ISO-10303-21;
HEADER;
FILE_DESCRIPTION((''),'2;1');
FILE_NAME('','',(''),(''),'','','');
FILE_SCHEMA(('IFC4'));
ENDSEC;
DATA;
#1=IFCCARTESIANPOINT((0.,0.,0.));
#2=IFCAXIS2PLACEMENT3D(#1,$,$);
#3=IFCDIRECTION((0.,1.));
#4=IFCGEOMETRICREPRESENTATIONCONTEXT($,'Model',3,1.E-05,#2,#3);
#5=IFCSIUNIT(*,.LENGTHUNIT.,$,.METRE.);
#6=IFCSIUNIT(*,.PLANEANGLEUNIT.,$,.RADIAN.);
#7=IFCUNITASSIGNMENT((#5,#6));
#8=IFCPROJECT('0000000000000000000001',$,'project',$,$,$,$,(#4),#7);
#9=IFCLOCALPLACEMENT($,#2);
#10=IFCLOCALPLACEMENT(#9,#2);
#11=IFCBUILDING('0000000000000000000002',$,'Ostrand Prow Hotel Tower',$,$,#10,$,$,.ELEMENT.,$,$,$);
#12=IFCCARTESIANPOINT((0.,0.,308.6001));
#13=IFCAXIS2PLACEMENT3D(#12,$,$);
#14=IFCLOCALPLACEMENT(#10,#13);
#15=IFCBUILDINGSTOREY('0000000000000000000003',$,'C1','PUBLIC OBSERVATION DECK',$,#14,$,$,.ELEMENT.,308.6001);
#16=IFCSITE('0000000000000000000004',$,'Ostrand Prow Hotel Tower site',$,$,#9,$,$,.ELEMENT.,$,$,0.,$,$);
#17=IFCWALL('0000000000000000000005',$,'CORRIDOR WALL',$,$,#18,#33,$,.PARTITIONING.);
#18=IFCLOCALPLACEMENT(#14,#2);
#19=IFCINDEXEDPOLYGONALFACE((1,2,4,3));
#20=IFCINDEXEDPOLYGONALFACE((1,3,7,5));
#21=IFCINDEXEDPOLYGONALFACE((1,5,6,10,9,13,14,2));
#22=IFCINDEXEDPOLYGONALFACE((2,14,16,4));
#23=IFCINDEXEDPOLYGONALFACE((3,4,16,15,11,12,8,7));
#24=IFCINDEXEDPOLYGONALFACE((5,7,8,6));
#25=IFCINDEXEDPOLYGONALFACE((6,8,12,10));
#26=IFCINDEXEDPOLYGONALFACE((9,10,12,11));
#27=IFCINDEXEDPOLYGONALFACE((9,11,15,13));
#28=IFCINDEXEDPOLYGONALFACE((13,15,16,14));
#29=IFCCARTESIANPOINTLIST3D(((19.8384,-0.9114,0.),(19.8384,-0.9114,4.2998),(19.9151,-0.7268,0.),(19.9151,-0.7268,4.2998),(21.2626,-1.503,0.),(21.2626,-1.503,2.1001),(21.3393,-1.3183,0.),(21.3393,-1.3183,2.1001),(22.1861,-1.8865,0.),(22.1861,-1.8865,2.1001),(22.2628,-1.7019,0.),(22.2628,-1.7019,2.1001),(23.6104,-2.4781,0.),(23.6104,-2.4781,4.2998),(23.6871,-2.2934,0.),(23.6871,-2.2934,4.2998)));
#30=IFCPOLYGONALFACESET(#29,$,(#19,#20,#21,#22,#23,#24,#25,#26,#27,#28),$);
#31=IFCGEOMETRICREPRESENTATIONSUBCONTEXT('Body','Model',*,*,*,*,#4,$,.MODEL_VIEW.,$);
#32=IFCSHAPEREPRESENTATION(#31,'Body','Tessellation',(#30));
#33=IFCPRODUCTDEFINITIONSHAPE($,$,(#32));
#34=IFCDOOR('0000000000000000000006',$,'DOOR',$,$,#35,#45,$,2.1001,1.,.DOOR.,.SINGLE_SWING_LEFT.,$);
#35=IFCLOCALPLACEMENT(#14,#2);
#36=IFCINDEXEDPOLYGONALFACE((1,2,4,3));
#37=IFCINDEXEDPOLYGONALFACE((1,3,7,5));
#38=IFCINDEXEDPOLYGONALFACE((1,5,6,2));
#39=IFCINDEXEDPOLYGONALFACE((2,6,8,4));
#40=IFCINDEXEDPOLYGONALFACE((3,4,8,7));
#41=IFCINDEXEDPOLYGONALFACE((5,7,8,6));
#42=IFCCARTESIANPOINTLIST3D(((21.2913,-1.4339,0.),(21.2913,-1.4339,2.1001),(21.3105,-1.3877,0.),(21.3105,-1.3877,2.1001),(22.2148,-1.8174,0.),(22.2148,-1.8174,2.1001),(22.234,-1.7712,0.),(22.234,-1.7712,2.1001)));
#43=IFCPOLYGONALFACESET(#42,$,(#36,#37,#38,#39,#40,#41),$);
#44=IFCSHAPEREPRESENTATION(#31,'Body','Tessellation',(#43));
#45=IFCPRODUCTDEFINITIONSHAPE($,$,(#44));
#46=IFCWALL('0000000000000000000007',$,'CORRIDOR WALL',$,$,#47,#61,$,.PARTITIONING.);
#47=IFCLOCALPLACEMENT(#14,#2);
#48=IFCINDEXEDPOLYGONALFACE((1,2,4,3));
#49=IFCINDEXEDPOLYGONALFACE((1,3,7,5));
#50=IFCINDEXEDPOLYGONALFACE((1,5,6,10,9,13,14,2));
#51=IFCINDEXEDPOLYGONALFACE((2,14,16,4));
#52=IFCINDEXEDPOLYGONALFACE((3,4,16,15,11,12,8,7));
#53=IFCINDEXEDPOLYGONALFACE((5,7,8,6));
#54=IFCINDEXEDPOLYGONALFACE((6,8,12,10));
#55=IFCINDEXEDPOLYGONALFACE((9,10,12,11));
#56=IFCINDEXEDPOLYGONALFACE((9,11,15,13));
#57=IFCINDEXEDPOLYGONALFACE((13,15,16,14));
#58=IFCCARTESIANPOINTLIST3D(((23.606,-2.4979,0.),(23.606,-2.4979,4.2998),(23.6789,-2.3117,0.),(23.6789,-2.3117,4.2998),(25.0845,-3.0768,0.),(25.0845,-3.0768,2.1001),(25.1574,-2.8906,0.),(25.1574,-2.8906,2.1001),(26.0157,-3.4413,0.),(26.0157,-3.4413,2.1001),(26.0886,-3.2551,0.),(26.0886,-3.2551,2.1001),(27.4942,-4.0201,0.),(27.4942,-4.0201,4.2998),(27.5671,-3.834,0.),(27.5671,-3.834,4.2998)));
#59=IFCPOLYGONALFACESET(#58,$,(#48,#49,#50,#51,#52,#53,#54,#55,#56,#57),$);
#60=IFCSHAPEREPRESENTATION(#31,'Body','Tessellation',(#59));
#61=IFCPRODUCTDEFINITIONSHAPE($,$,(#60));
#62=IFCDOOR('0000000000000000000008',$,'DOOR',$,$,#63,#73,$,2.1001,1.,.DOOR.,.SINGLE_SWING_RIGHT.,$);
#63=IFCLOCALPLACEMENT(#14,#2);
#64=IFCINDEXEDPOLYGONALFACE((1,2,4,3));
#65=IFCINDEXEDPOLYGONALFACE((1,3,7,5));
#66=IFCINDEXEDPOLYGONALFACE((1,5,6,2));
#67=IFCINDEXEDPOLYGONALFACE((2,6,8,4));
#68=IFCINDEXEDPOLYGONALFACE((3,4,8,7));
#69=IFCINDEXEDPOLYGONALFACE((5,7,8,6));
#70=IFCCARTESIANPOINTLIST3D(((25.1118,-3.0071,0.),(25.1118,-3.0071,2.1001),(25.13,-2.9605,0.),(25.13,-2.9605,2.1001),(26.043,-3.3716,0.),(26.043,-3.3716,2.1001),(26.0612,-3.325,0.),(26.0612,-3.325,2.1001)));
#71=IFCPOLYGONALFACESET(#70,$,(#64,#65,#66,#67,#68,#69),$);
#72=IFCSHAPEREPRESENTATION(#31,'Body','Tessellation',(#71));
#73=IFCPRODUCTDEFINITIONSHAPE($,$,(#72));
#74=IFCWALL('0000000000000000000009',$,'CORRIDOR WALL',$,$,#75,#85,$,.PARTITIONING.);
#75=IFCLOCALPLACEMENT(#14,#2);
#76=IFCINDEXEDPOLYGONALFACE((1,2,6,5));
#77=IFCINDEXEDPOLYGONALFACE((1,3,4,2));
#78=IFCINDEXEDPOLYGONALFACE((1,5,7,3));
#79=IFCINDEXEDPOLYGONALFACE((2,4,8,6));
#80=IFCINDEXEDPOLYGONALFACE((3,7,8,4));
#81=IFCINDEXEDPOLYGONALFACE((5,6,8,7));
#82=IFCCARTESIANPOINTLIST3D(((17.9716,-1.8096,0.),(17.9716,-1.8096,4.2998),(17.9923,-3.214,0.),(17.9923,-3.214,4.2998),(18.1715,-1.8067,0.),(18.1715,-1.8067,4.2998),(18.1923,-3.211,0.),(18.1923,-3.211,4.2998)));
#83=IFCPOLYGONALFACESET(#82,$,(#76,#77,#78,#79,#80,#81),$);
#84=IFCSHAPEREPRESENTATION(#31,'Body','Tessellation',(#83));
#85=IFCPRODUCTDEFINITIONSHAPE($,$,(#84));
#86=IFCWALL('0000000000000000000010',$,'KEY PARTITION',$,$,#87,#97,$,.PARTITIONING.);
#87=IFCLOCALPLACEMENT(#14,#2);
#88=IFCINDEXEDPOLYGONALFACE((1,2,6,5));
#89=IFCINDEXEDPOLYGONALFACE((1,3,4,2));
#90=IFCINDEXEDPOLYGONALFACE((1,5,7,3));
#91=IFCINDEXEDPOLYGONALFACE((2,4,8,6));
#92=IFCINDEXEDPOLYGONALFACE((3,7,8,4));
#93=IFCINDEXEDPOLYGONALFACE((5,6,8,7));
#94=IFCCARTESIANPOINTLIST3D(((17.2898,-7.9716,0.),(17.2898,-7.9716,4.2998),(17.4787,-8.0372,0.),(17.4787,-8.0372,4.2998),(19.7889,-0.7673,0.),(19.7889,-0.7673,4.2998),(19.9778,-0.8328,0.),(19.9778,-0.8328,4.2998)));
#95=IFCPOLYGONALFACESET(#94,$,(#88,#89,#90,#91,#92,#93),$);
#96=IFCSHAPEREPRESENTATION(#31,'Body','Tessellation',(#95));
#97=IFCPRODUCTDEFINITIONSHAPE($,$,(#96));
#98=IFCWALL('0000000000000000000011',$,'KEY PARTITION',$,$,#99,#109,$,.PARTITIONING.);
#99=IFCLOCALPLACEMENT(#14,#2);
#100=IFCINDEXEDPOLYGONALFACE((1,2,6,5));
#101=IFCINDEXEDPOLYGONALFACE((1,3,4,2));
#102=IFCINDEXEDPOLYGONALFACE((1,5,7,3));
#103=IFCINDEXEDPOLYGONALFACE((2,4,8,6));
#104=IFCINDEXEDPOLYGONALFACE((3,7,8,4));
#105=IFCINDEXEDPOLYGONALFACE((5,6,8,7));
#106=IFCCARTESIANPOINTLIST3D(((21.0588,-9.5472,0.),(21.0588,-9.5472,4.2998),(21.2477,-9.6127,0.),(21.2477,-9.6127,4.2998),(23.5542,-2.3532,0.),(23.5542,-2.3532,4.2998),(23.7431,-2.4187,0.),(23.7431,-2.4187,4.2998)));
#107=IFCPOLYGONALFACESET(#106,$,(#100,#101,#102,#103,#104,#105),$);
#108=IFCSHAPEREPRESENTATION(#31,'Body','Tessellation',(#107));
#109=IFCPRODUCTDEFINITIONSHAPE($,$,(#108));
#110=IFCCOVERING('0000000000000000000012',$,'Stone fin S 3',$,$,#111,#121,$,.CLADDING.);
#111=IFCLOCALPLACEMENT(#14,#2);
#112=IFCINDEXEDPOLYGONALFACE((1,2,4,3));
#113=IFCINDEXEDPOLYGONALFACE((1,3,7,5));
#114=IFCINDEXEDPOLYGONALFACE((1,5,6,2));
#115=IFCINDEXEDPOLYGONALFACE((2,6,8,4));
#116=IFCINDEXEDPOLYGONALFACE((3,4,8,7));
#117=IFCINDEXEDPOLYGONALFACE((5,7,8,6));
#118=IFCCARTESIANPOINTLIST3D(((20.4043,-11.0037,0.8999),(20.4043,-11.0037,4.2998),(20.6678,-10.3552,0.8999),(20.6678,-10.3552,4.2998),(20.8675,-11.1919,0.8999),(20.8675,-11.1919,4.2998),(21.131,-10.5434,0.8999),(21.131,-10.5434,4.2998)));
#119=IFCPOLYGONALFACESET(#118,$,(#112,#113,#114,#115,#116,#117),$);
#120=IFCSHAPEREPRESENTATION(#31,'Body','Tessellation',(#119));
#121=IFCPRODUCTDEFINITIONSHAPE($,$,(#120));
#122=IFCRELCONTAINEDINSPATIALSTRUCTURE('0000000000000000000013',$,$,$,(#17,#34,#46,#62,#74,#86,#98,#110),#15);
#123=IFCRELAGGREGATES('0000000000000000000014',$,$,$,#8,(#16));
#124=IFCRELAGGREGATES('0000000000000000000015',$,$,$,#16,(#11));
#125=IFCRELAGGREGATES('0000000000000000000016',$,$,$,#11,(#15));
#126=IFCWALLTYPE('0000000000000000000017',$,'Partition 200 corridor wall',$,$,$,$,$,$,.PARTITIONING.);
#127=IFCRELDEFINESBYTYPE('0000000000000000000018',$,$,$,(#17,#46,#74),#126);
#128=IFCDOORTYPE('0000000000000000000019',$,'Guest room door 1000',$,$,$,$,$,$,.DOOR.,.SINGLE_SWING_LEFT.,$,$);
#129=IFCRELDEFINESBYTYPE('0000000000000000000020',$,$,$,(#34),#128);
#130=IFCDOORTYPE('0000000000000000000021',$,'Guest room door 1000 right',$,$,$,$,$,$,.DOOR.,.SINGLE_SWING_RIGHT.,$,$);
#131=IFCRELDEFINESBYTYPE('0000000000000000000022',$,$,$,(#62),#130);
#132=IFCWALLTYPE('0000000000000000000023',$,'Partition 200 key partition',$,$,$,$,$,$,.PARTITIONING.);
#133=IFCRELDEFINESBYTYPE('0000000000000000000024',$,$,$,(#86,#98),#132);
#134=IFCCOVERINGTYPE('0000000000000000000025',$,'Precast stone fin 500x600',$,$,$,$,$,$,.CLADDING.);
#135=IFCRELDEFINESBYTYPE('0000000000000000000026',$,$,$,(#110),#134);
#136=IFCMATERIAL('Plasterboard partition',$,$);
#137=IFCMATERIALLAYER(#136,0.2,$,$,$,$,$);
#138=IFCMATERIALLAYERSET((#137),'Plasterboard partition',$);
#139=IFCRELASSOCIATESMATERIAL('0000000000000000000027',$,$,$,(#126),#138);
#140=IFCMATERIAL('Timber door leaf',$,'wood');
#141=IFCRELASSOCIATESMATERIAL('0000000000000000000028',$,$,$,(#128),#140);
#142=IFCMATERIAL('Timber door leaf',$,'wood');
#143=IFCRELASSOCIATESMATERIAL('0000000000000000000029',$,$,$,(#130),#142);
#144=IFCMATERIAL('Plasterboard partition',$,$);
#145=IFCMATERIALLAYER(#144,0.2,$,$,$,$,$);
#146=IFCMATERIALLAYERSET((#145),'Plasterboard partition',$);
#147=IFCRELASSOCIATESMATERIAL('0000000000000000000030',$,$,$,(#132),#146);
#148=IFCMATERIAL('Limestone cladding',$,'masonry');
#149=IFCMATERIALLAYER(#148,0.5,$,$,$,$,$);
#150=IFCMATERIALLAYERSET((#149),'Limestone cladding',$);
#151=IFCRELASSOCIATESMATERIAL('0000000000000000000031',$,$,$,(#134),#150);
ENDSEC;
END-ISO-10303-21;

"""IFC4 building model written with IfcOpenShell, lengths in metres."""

from ifc_helpers import new_model, si_unit, direction, frame, frame_2d, origin, place, context, subcontext, project, spatial, rectangle, extrude, material, layer, layer_set, type_object, element, fill, save


model = new_model("IFC4")

# Units and contexts
model_context = context("Model", 3, precision=1e-05, world=origin(), true_north=direction((0.0, 1.0)))
body_context = subcontext(model_context, "Body", "Model", "MODEL_VIEW")
ifc_project = project(units=[si_unit("LENGTHUNIT", "METRE"), si_unit("PLANEANGLEUNIT", "RADIAN")], contexts=[model_context])

# Site, building, storey
site_placement = place(None, origin())
site = spatial("IfcSite", under=ifc_project, at=site_placement, Name="Ostrand Prow Hotel Tower site", CompositionType="ELEMENT", RefElevation=0.0)
building_placement = place(site_placement, origin())
building = spatial("IfcBuilding", under=site, at=building_placement, Name="Ostrand Prow Hotel Tower", CompositionType="ELEMENT")
storey_placement = place(building_placement, frame((0.0, 0.0, 308.6001)))
storey = spatial("IfcBuildingStorey", under=building, at=storey_placement, Name="C1", Description="PUBLIC OBSERVATION DECK", CompositionType="ELEMENT", Elevation=308.6001)

# Walls, openings, doors
ifc_material_1 = material(Name="Plasterboard partition")
ifc_layer_1 = layer(ifc_material_1, 0.2)
ifc_layer_set_1 = layer_set([ifc_layer_1], Name="Plasterboard partition")
wall_type_1 = type_object("IfcWallType", Name="Partition 200 corridor wall", PredefinedType="PARTITIONING", material=ifc_layer_set_1)
wall_1_placement = place(storey_placement, frame((19.8767, -0.8191, 0.0), z_axis=(0.0, 0.0, 1.0), x_axis=(0.923511, -0.383571, 0.0)))
wall_1 = element("IfcWall", 1, at=wall_1_placement, inside=storey, type_object=wall_type_1, Name="CORRIDOR WALL", PredefinedType="PARTITIONING", context=body_context, shape_type="SweptSolid", body=[
    extrude(rectangle(XDim=4.0845, YDim=0.2, at=frame_2d((2.0422, 0.0))), origin(), (0.0, 0.0, 1.0), 4.2998),
])
opening_1_placement = place(wall_1_placement, frame((1.5422, 0.0, 0.0)))
opening_1 = element("IfcOpeningElement", 2, at=opening_1_placement, cuts=wall_1, PredefinedType="OPENING", context=body_context, shape_type="SweptSolid", body=[
    extrude(rectangle(XDim=1.0, YDim=2.1001, at=frame_2d((0.5, 1.05))), frame((0.0, 0.1099, 0.0), z_axis=(0.0, -1.0, 0.0), x_axis=(1.0, 0.0, 0.0)), (0.0, 0.0, 1.0), 0.22),
])
ifc_material_2 = material(Name="Timber door leaf", Category="wood")
door_type_1 = type_object("IfcDoorType", Name="Guest room door 1000", OperationType="SINGLE_SWING_LEFT", PredefinedType="DOOR", material=ifc_material_2)
door_1_placement = place(opening_1_placement, origin())
door_1 = element("IfcDoor", 3, at=door_1_placement, inside=storey, type_object=door_type_1, Name="DOOR", OperationType="SINGLE_SWING_LEFT", OverallHeight=2.1001, OverallWidth=1.0, PredefinedType="DOOR", context=body_context, shape_type="SweptSolid", body=[
    extrude(rectangle(XDim=1.0, YDim=2.1001, at=frame_2d((0.5, 1.05))), frame((0.0, 0.0249, 0.0), z_axis=(0.0, -1.0, 0.0), x_axis=(1.0, 0.0, 0.0)), (0.0, 0.0, 1.0), 0.05),
])
fill(opening_1, door_1)
wall_2_placement = place(storey_placement, frame((23.6423, -2.4048, 0.0), z_axis=(0.0, 0.0, 1.0), x_axis=(0.931182, -0.364556, 0.0)))
wall_2 = element("IfcWall", 4, at=wall_2_placement, inside=storey, type_object=wall_type_1, Name="CORRIDOR WALL", PredefinedType="PARTITIONING", context=body_context, shape_type="SweptSolid", body=[
    extrude(rectangle(XDim=4.1755, YDim=0.2, at=frame_2d((2.0879, 0.0))), origin(), (0.0, 0.0, 1.0), 4.2998),
])
opening_2_placement = place(wall_2_placement, frame((1.5879, 0.0, 0.0)))
opening_2 = element("IfcOpeningElement", 5, at=opening_2_placement, cuts=wall_2, PredefinedType="OPENING", context=body_context, shape_type="SweptSolid", body=[
    extrude(rectangle(XDim=1.0, YDim=2.1001, at=frame_2d((0.5, 1.05))), frame((0.0, 0.1099, 0.0), z_axis=(0.0, -1.0, 0.0), x_axis=(1.0, 0.0, 0.0)), (0.0, 0.0, 1.0), 0.22),
])
ifc_material_3 = material(Name="Timber door leaf", Category="wood")
door_type_2 = type_object("IfcDoorType", Name="Guest room door 1000 right", OperationType="SINGLE_SWING_RIGHT", PredefinedType="DOOR", material=ifc_material_3)
door_2_placement = place(opening_2_placement, origin())
door_2 = element("IfcDoor", 6, at=door_2_placement, inside=storey, type_object=door_type_2, Name="DOOR", OperationType="SINGLE_SWING_RIGHT", OverallHeight=2.1001, OverallWidth=1.0, PredefinedType="DOOR", context=body_context, shape_type="SweptSolid", body=[
    extrude(rectangle(XDim=1.0, YDim=2.1001, at=frame_2d((0.5, 1.05))), frame((0.0, 0.0249, 0.0), z_axis=(0.0, -1.0, 0.0), x_axis=(1.0, 0.0, 0.0)), (0.0, 0.0, 1.0), 0.05),
])
fill(opening_2, door_2)

# Walls
wall_3_placement = place(storey_placement, frame((18.0923, -3.2124, 0.0), z_axis=(0.0, 0.0, 1.0), x_axis=(-0.014776, 0.999891, 0.0)))
element("IfcWall", 7, at=wall_3_placement, inside=storey, type_object=wall_type_1, Name="CORRIDOR WALL", PredefinedType="PARTITIONING", context=body_context, shape_type="SweptSolid", body=[
    extrude(rectangle(XDim=1.4045, YDim=0.2, at=frame_2d((0.7021, 0.0))), origin(), (0.0, 0.0, 1.0), 4.2998),
])
ifc_material_4 = material(Name="Plasterboard partition")
ifc_layer_2 = layer(ifc_material_4, 0.2)
ifc_layer_set_2 = layer_set([ifc_layer_2], Name="Plasterboard partition")
wall_type_2 = type_object("IfcWallType", Name="Partition 200 key partition", PredefinedType="PARTITIONING", material=ifc_layer_set_2)
wall_4_placement = place(storey_placement, frame((17.3843, -8.0044, 0.0), z_axis=(0.0, 0.0, 1.0), x_axis=(0.327721, 0.944775, 0.0)))
element("IfcWall", 8, at=wall_4_placement, inside=storey, type_object=wall_type_2, Name="KEY PARTITION", PredefinedType="PARTITIONING", context=body_context, shape_type="SweptSolid", body=[
    extrude(rectangle(XDim=7.6255, YDim=0.2, at=frame_2d((3.8127, 0.0))), origin(), (0.0, 0.0, 1.0), 4.2998),
])
wall_5_placement = place(storey_placement, frame((21.1533, -9.5798, 0.0), z_axis=(0.0, 0.0, 1.0), x_axis=(0.327708, 0.944779, 0.0)))
element("IfcWall", 9, at=wall_5_placement, inside=storey, type_object=wall_type_2, Name="KEY PARTITION", PredefinedType="PARTITIONING", context=body_context, shape_type="SweptSolid", body=[
    extrude(rectangle(XDim=7.6145, YDim=0.2, at=frame_2d((3.8071, 0.0))), origin(), (0.0, 0.0, 1.0), 4.2998),
])

# Covering
ifc_material_5 = material(Name="Limestone cladding", Category="masonry")
ifc_layer_3 = layer(ifc_material_5, 0.5)
ifc_layer_set_3 = layer_set([ifc_layer_3], Name="Limestone cladding")
covering_type = type_object("IfcCoveringType", Name="Precast stone fin 500x600", PredefinedType="CLADDING", material=ifc_layer_set_3)
covering_placement = place(storey_placement, frame((20.8994, -10.4492, 0.8999), z_axis=(0.0, 0.0, 1.0), x_axis=(-0.376377, -0.926467, 0.0)))
element("IfcCovering", 10, at=covering_placement, inside=storey, type_object=covering_type, Name="Stone fin S 3", PredefinedType="CLADDING", context=body_context, shape_type="SweptSolid", body=[
    extrude(rectangle(XDim=0.7, YDim=0.5, at=frame_2d((0.3501, 0.0))), origin(), (0.0, 0.0, 1.0), 3.3999),
])

save(model, "model.ifc")
